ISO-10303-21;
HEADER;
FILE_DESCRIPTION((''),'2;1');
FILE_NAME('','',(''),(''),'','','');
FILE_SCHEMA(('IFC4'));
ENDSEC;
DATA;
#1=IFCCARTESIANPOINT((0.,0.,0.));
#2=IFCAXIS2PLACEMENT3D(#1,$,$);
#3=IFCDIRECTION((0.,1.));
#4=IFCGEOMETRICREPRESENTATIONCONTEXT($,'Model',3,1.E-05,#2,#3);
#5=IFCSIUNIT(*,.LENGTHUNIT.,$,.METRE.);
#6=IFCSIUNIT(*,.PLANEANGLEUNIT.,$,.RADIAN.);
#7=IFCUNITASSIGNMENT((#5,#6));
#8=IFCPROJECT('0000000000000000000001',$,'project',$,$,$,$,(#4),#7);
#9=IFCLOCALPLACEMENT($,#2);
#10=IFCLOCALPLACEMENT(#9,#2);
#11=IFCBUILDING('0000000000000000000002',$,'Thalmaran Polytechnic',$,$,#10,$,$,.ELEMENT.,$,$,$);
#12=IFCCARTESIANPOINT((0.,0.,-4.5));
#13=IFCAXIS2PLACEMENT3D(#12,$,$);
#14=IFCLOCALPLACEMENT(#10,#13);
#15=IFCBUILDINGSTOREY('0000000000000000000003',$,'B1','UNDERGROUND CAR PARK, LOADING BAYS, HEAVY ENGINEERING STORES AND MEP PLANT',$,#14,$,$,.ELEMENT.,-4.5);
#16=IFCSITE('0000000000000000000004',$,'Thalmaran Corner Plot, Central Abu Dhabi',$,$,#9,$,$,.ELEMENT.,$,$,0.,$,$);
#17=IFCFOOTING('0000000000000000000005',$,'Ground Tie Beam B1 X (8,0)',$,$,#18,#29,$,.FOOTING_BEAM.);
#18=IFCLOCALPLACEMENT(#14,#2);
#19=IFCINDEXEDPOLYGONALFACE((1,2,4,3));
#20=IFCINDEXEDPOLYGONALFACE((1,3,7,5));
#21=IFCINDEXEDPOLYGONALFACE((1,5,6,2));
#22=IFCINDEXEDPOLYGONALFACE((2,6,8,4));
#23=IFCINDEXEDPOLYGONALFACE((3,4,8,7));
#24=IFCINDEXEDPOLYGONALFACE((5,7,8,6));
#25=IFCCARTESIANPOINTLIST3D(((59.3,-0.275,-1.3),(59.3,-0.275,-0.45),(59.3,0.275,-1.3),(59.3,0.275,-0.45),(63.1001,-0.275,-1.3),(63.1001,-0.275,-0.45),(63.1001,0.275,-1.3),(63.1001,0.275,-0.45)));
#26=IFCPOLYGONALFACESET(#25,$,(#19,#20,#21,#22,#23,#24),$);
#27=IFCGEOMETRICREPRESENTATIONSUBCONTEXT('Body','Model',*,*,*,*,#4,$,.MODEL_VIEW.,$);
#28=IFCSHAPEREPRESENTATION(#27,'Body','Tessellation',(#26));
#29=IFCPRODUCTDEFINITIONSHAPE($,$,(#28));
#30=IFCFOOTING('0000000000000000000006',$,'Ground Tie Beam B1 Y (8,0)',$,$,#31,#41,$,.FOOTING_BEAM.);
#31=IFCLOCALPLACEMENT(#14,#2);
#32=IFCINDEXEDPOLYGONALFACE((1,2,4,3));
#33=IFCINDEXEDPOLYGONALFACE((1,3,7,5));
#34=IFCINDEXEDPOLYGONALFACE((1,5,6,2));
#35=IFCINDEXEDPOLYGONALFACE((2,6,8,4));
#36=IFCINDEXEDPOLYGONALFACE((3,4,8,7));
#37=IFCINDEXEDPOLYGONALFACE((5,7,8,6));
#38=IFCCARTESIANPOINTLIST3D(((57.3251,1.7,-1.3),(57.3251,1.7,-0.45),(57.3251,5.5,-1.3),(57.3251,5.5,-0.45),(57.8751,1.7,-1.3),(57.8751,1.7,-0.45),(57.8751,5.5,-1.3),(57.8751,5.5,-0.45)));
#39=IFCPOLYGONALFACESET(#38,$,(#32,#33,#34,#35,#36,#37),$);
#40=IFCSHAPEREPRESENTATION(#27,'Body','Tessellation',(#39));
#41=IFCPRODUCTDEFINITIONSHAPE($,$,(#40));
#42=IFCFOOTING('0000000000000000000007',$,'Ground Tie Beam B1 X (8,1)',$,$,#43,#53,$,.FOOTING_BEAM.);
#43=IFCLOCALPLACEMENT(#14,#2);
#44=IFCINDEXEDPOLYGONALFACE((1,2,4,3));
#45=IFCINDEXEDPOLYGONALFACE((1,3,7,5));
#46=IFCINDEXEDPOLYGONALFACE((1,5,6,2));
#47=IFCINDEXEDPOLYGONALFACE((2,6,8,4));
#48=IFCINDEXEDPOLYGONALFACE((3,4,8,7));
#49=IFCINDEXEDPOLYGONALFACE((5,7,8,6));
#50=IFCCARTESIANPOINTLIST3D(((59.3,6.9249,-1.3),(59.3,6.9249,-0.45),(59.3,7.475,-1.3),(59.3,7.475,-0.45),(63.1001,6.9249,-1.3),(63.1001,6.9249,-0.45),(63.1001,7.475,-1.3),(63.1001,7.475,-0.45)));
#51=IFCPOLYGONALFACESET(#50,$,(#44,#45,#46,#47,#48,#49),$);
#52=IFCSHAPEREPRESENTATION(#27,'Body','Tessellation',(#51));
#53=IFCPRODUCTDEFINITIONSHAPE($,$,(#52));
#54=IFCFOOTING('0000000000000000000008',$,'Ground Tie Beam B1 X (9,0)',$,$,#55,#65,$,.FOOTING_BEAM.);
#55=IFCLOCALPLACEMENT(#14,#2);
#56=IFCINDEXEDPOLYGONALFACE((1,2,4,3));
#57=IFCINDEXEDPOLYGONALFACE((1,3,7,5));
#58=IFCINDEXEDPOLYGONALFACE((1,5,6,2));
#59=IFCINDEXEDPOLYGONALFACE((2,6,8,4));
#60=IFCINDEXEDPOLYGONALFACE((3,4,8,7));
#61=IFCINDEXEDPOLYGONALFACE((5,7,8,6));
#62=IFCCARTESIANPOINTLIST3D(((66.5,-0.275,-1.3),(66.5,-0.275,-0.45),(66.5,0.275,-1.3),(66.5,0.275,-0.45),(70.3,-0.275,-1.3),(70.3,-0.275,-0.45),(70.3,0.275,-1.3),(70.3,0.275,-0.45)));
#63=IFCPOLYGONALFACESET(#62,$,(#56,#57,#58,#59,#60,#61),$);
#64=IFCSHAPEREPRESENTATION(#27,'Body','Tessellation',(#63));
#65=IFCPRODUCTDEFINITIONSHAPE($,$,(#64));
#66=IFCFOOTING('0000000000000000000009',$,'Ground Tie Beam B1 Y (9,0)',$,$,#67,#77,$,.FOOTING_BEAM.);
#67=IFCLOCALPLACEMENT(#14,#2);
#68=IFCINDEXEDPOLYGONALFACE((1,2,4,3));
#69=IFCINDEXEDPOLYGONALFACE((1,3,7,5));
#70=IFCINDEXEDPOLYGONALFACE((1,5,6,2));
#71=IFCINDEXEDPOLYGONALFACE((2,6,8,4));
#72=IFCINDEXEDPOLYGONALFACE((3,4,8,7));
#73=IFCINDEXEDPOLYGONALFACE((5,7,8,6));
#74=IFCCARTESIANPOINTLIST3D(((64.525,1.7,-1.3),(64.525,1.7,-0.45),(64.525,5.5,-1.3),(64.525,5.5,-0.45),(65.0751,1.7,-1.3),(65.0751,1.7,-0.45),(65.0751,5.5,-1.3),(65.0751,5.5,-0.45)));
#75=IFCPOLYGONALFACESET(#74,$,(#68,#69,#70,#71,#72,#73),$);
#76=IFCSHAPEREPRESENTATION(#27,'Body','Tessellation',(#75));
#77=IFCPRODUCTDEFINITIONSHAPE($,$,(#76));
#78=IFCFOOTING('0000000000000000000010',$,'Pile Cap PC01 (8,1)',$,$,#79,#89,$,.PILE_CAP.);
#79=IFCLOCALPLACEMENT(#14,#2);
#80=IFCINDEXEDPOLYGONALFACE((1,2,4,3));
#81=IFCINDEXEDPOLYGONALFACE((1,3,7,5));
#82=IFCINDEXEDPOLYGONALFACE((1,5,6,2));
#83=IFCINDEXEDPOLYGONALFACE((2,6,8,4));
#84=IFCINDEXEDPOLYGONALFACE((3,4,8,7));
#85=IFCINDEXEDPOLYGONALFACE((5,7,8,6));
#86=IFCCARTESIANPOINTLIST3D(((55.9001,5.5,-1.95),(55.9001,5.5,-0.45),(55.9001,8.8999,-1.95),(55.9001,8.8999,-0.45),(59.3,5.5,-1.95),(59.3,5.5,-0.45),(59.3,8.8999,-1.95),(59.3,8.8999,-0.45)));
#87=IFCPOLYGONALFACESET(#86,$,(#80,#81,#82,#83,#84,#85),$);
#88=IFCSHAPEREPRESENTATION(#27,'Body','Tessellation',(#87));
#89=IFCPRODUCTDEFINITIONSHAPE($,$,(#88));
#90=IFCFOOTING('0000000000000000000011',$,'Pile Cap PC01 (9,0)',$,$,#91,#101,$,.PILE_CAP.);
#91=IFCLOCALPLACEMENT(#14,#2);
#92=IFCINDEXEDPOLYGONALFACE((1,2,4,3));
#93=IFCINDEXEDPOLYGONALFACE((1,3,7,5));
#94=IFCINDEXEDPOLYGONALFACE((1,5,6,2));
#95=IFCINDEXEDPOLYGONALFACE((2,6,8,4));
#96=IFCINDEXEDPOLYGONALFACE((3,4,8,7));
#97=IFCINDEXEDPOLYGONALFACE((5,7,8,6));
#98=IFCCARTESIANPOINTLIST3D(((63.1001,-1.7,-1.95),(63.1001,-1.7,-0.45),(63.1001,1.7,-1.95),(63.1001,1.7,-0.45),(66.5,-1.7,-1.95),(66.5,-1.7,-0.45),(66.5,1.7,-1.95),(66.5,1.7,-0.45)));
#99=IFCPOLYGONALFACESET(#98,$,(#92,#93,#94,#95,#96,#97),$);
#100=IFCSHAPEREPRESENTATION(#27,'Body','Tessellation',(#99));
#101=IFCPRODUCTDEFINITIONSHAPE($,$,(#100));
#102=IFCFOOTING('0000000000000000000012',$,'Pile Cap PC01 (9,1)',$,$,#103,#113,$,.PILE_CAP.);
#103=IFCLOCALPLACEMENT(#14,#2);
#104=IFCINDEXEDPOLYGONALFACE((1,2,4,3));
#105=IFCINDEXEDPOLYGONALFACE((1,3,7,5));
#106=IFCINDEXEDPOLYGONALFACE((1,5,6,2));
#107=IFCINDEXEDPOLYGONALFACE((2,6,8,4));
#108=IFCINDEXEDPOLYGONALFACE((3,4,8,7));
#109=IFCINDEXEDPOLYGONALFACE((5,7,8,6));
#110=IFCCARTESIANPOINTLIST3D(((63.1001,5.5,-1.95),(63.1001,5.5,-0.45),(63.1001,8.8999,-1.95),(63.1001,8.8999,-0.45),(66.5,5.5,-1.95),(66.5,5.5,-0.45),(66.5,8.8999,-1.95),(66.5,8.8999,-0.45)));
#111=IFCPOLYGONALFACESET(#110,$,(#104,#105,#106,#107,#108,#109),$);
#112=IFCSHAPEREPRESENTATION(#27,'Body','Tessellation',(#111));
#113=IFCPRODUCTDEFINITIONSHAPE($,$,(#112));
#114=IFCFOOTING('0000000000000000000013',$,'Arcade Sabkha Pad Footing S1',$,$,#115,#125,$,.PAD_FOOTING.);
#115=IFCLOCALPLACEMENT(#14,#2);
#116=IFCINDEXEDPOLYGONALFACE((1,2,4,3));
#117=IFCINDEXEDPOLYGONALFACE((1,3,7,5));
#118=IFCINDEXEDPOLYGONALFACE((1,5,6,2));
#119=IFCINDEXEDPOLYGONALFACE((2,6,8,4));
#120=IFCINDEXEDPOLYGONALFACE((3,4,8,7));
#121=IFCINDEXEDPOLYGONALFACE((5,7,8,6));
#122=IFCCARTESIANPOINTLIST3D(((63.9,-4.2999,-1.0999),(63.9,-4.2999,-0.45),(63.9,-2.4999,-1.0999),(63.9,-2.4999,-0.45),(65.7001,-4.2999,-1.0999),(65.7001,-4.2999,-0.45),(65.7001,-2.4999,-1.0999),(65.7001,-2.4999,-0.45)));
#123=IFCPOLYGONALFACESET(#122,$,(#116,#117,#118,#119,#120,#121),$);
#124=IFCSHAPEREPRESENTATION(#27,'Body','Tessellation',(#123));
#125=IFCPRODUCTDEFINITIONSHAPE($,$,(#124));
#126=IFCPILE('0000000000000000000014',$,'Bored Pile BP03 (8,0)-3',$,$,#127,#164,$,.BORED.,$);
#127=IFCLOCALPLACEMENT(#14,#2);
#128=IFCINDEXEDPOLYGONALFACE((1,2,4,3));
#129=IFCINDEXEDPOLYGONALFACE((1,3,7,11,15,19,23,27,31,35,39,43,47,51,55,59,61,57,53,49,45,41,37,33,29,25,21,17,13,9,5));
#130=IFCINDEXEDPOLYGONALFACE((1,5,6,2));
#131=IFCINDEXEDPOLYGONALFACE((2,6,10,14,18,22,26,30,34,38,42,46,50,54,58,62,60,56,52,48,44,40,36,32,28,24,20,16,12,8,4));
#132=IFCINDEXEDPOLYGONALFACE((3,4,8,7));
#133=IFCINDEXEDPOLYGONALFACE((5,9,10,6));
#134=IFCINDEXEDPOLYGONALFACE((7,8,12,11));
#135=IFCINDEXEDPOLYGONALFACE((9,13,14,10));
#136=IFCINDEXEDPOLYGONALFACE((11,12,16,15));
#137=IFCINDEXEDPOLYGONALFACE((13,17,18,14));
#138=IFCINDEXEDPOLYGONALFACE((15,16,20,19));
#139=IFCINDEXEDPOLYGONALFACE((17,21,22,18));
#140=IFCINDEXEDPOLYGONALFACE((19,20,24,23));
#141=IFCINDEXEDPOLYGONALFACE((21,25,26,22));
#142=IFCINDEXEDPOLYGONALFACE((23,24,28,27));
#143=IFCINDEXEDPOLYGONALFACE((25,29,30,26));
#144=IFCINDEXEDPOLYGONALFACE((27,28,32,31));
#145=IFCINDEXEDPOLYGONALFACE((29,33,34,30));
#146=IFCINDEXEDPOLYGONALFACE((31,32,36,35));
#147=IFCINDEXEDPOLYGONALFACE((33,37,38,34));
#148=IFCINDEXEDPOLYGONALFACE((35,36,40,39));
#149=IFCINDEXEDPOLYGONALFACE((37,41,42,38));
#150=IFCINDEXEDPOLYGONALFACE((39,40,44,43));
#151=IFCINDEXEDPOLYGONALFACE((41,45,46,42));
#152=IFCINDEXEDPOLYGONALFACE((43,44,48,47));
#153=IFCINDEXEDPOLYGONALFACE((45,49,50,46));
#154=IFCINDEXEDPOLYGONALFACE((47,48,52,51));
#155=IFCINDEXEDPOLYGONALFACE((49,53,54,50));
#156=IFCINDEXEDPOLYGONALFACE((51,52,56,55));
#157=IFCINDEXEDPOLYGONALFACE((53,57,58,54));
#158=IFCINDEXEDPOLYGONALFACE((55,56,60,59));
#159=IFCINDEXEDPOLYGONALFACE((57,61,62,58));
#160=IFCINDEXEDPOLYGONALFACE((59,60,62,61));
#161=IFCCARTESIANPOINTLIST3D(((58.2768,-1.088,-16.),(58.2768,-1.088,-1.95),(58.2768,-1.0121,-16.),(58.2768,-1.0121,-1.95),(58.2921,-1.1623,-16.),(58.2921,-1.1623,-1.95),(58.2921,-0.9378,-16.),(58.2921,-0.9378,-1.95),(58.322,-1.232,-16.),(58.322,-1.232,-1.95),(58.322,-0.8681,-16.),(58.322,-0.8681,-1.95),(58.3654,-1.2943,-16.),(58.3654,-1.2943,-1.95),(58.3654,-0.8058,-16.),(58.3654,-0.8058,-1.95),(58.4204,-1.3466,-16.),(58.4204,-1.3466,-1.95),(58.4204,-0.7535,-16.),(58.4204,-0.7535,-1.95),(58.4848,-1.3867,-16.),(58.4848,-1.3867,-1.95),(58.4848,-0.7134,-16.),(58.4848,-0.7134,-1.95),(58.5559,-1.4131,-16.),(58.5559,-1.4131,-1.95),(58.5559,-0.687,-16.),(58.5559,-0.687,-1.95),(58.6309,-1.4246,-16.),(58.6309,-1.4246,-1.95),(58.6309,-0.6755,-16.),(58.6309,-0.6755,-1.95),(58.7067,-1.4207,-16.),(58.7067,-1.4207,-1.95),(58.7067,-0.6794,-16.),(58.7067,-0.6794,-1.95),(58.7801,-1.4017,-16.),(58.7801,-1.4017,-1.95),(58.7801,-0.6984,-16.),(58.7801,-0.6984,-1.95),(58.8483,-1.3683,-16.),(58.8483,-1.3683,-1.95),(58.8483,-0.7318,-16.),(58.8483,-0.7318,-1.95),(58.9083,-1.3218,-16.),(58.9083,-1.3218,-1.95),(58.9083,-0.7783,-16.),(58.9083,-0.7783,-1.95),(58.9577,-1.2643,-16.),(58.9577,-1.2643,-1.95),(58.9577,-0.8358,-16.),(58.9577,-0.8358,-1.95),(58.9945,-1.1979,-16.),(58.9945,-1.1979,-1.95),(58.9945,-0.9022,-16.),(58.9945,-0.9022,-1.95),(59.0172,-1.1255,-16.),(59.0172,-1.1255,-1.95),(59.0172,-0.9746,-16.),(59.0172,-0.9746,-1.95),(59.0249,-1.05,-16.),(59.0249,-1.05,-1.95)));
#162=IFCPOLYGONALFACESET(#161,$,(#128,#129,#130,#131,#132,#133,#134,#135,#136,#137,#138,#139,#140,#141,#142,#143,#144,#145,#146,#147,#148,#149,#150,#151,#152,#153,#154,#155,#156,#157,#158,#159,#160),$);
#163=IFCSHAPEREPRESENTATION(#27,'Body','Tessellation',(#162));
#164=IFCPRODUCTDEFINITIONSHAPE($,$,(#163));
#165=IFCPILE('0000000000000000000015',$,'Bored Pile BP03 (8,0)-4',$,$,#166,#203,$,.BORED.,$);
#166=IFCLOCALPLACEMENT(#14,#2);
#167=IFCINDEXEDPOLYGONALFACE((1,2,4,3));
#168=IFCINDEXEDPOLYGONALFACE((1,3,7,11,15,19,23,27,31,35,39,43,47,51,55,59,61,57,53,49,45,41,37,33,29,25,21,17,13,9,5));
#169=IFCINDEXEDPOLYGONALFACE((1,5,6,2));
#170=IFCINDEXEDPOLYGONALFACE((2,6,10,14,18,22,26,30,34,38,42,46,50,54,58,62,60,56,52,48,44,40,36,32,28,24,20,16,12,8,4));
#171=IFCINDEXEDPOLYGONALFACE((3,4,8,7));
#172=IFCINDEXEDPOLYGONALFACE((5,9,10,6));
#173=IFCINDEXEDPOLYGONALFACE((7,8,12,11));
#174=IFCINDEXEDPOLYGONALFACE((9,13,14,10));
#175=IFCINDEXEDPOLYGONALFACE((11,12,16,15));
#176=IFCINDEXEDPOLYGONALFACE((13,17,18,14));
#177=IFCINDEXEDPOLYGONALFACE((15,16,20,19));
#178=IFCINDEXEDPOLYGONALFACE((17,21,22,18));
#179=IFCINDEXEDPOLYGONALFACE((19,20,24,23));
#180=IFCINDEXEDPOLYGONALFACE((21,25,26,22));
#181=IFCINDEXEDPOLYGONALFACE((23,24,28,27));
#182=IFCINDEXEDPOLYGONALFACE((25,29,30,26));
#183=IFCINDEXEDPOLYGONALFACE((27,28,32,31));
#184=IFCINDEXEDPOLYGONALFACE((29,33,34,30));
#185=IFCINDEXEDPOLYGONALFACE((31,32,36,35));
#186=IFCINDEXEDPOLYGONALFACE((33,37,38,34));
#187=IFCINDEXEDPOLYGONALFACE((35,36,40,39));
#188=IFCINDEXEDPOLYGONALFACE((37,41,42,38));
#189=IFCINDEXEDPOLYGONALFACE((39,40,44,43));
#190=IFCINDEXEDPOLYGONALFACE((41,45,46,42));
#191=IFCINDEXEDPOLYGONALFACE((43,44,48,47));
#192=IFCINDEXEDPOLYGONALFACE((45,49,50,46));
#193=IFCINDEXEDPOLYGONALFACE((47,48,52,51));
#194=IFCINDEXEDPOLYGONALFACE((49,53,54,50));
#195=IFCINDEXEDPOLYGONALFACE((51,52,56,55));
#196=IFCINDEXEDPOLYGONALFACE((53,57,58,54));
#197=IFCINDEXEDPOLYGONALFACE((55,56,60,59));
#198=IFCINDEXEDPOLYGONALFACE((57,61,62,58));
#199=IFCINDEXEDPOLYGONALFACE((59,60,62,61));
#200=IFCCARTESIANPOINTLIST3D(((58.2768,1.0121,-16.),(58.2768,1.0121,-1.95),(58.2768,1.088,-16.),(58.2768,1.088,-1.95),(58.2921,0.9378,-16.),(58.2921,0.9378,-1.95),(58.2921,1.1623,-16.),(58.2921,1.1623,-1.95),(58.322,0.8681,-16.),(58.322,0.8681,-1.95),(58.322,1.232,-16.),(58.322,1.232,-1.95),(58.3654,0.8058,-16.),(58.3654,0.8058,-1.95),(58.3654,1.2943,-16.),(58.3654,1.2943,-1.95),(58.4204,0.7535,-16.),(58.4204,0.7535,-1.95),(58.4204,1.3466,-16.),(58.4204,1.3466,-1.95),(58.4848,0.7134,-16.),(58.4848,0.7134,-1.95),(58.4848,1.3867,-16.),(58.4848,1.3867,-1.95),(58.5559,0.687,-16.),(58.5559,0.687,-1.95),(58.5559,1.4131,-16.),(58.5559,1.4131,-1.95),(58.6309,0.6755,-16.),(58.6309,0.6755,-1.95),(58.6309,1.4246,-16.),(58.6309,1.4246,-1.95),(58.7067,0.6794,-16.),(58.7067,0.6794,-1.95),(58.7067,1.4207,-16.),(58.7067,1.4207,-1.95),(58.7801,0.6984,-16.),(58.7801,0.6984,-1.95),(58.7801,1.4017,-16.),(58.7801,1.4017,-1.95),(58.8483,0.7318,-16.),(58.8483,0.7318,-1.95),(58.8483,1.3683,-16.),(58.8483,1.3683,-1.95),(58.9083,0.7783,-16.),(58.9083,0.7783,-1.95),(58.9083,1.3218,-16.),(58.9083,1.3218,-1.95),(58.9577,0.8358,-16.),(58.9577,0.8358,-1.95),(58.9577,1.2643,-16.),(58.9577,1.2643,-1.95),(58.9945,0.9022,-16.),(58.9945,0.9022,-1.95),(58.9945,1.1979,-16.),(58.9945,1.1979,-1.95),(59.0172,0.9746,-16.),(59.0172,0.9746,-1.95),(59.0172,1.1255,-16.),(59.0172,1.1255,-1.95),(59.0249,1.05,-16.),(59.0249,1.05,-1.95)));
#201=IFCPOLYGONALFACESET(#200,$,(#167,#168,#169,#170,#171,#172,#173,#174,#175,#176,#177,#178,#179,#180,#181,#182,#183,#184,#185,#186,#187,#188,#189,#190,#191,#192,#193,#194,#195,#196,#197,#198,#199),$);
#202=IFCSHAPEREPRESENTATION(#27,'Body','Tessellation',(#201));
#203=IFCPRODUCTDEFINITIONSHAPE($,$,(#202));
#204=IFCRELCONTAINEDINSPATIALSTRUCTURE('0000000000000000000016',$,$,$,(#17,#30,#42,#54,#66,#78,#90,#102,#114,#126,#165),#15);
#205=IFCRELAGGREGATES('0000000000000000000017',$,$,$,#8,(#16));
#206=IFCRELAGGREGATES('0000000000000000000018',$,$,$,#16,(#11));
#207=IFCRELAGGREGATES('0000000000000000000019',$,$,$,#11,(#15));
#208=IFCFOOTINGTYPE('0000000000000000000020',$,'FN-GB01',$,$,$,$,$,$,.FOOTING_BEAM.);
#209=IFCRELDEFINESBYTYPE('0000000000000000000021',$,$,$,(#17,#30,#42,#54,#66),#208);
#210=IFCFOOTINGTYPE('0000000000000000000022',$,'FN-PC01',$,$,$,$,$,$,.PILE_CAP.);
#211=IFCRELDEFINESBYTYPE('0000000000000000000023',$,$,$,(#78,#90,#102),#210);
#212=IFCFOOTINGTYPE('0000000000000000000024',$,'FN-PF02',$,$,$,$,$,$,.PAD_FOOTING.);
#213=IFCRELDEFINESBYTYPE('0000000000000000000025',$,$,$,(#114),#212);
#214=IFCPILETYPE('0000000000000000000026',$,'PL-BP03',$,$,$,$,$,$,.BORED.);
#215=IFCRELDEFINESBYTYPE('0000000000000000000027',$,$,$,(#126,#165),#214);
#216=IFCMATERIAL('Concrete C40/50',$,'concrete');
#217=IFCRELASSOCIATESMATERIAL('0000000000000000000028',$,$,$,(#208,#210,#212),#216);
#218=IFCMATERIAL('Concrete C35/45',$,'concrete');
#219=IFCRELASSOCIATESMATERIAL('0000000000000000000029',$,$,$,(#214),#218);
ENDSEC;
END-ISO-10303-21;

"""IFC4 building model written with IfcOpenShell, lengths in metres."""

from ifc_helpers import new_model, si_unit, direction, frame, origin, origin_2d, place, context, subcontext, project, spatial, rectangle, circle, extrude, material, material_profile, profile_set, type_object, element, save


model = new_model("IFC4")

# Units and contexts
model_context = context("Model", 3, precision=1e-05, world=origin(), true_north=direction((0.0, 1.0)))
body_context = subcontext(model_context, "Body", "Model", "MODEL_VIEW")
ifc_project = project(units=[si_unit("LENGTHUNIT", "METRE"), si_unit("PLANEANGLEUNIT", "RADIAN")], contexts=[model_context])

# Site, building, storey
site_placement = place(None, origin())
site = spatial("IfcSite", under=ifc_project, at=site_placement, Name="Thalmaran Corner Plot, Central Abu Dhabi", CompositionType="ELEMENT", RefElevation=0.0)
building_placement = place(site_placement, origin())
building = spatial("IfcBuilding", under=site, at=building_placement, Name="Thalmaran Polytechnic", CompositionType="ELEMENT")
storey_placement = place(building_placement, frame((0.0, 0.0, -4.5)))
storey = spatial("IfcBuildingStorey", under=building, at=storey_placement, Name="B1", Description="UNDERGROUND CAR PARK, LOADING BAYS, HEAVY ENGINEERING STORES AND MEP PLANT", CompositionType="ELEMENT", Elevation=-4.5)

# Footings
ifc_material_1 = material(Name="Concrete C40/50", Category="concrete")
ifc_material_profile_1 = material_profile(ifc_material_1, rectangle(XDim=0.55, YDim=0.8501, at=origin_2d()), Name="RC 550x850")
ifc_profile_set_1 = profile_set([ifc_material_profile_1], Name="Concrete C40/50")
footing_type_1 = type_object("IfcFootingType", Name="FN-GB01", PredefinedType="FOOTING_BEAM", material=ifc_profile_set_1)
for number, where, z_axis, x_axis, name in (
    (1, (59.3, 0.0, -0.875), (1.0, 0.0, 0.0), (0.0, 1.0, 0.0), "Ground Tie Beam B1 X (8,0)"),
    (2, (57.6001, 1.7, -0.875), (0.0, 1.0, 0.0), (-1.0, 0.0, 0.0), "Ground Tie Beam B1 Y (8,0)"),
    (3, (59.3, 7.2, -0.875), (1.0, 0.0, 0.0), (0.0, 1.0, 0.0), "Ground Tie Beam B1 X (8,1)"),
    (4, (66.5, 0.0, -0.875), (1.0, 0.0, 0.0), (0.0, 1.0, 0.0), "Ground Tie Beam B1 X (9,0)"),
    (5, (64.8, 1.7, -0.875), (0.0, 1.0, 0.0), (-1.0, 0.0, 0.0), "Ground Tie Beam B1 Y (9,0)"),
):
    element("IfcFooting", number, at=place(storey_placement, frame(where, z_axis=z_axis, x_axis=x_axis)), inside=storey, type_object=footing_type_1, Name=name, PredefinedType="FOOTING_BEAM", context=body_context, shape_type="SweptSolid", body=[
        extrude(rectangle(XDim=0.55, YDim=0.8501, at=origin_2d()), origin(), (0.0, 0.0, 1.0), 3.8),
    ])
footing_type_2 = type_object("IfcFootingType", Name="FN-PC01", PredefinedType="PILE_CAP", material=ifc_material_1)
for number, where, z_axis, x_axis, name in (
    (6, (57.6001, 7.2, -1.95), (0.0, 0.0, 1.0), (1.0, 0.0, 0.0), "Pile Cap PC01 (8,1)"),
    (7, (64.8, 0.0, -1.95), (0.0, 0.0, 1.0), (1.0, 0.0, 0.0), "Pile Cap PC01 (9,0)"),
    (8, (64.8, 7.2, -1.95), (0.0, 0.0, 1.0), (1.0, 0.0, 0.0), "Pile Cap PC01 (9,1)"),
):
    element("IfcFooting", number, at=place(storey_placement, frame(where, z_axis=z_axis, x_axis=x_axis)), inside=storey, type_object=footing_type_2, Name=name, PredefinedType="PILE_CAP", context=body_context, shape_type="SweptSolid", body=[
        extrude(rectangle(XDim=3.3999, YDim=3.3999, at=origin_2d()), origin(), (0.0, 0.0, 1.0), 1.5),
    ])
footing_type_3 = type_object("IfcFootingType", Name="FN-PF02", PredefinedType="PAD_FOOTING", material=ifc_material_1)
footing_placement = place(storey_placement, frame((64.8, -3.3999, -1.0999), z_axis=(0.0, 0.0, 1.0), x_axis=(1.0, 0.0, 0.0)))
element("IfcFooting", 9, at=footing_placement, inside=storey, type_object=footing_type_3, Name="Arcade Sabkha Pad Footing S1", PredefinedType="PAD_FOOTING", context=body_context, shape_type="SweptSolid", body=[
    extrude(rectangle(XDim=1.8, YDim=1.8, at=origin_2d()), origin(), (0.0, 0.0, 1.0), 0.6499),
])

# Piles
ifc_material_2 = material(Name="Concrete C35/45", Category="concrete")
ifc_material_profile_2 = material_profile(ifc_material_2, circle(Radius=0.375, at=origin_2d()), Name="RC 750 DIA")
ifc_profile_set_2 = profile_set([ifc_material_profile_2], Name="Concrete C35/45")
pile_type = type_object("IfcPileType", Name="PL-BP03", PredefinedType="BORED", material=ifc_profile_set_2)
for number, where, z_axis, x_axis, name in (
    (10, (58.6499, -1.05, -1.95), (0.0, 0.0, -1.0), (1.0, 0.0, 0.0), "Bored Pile BP03 (8,0)-3"),
    (11, (58.6499, 1.05, -1.95), (0.0, 0.0, -1.0), (1.0, 0.0, 0.0), "Bored Pile BP03 (8,0)-4"),
):
    element("IfcPile", number, at=place(storey_placement, frame(where, z_axis=z_axis, x_axis=x_axis)), inside=storey, type_object=pile_type, Name=name, PredefinedType="BORED", context=body_context, shape_type="SweptSolid", body=[
        extrude(circle(Radius=0.375, at=origin_2d()), origin(), (0.0, 0.0, 1.0), 14.05),
    ])

save(model, "model.ifc")
